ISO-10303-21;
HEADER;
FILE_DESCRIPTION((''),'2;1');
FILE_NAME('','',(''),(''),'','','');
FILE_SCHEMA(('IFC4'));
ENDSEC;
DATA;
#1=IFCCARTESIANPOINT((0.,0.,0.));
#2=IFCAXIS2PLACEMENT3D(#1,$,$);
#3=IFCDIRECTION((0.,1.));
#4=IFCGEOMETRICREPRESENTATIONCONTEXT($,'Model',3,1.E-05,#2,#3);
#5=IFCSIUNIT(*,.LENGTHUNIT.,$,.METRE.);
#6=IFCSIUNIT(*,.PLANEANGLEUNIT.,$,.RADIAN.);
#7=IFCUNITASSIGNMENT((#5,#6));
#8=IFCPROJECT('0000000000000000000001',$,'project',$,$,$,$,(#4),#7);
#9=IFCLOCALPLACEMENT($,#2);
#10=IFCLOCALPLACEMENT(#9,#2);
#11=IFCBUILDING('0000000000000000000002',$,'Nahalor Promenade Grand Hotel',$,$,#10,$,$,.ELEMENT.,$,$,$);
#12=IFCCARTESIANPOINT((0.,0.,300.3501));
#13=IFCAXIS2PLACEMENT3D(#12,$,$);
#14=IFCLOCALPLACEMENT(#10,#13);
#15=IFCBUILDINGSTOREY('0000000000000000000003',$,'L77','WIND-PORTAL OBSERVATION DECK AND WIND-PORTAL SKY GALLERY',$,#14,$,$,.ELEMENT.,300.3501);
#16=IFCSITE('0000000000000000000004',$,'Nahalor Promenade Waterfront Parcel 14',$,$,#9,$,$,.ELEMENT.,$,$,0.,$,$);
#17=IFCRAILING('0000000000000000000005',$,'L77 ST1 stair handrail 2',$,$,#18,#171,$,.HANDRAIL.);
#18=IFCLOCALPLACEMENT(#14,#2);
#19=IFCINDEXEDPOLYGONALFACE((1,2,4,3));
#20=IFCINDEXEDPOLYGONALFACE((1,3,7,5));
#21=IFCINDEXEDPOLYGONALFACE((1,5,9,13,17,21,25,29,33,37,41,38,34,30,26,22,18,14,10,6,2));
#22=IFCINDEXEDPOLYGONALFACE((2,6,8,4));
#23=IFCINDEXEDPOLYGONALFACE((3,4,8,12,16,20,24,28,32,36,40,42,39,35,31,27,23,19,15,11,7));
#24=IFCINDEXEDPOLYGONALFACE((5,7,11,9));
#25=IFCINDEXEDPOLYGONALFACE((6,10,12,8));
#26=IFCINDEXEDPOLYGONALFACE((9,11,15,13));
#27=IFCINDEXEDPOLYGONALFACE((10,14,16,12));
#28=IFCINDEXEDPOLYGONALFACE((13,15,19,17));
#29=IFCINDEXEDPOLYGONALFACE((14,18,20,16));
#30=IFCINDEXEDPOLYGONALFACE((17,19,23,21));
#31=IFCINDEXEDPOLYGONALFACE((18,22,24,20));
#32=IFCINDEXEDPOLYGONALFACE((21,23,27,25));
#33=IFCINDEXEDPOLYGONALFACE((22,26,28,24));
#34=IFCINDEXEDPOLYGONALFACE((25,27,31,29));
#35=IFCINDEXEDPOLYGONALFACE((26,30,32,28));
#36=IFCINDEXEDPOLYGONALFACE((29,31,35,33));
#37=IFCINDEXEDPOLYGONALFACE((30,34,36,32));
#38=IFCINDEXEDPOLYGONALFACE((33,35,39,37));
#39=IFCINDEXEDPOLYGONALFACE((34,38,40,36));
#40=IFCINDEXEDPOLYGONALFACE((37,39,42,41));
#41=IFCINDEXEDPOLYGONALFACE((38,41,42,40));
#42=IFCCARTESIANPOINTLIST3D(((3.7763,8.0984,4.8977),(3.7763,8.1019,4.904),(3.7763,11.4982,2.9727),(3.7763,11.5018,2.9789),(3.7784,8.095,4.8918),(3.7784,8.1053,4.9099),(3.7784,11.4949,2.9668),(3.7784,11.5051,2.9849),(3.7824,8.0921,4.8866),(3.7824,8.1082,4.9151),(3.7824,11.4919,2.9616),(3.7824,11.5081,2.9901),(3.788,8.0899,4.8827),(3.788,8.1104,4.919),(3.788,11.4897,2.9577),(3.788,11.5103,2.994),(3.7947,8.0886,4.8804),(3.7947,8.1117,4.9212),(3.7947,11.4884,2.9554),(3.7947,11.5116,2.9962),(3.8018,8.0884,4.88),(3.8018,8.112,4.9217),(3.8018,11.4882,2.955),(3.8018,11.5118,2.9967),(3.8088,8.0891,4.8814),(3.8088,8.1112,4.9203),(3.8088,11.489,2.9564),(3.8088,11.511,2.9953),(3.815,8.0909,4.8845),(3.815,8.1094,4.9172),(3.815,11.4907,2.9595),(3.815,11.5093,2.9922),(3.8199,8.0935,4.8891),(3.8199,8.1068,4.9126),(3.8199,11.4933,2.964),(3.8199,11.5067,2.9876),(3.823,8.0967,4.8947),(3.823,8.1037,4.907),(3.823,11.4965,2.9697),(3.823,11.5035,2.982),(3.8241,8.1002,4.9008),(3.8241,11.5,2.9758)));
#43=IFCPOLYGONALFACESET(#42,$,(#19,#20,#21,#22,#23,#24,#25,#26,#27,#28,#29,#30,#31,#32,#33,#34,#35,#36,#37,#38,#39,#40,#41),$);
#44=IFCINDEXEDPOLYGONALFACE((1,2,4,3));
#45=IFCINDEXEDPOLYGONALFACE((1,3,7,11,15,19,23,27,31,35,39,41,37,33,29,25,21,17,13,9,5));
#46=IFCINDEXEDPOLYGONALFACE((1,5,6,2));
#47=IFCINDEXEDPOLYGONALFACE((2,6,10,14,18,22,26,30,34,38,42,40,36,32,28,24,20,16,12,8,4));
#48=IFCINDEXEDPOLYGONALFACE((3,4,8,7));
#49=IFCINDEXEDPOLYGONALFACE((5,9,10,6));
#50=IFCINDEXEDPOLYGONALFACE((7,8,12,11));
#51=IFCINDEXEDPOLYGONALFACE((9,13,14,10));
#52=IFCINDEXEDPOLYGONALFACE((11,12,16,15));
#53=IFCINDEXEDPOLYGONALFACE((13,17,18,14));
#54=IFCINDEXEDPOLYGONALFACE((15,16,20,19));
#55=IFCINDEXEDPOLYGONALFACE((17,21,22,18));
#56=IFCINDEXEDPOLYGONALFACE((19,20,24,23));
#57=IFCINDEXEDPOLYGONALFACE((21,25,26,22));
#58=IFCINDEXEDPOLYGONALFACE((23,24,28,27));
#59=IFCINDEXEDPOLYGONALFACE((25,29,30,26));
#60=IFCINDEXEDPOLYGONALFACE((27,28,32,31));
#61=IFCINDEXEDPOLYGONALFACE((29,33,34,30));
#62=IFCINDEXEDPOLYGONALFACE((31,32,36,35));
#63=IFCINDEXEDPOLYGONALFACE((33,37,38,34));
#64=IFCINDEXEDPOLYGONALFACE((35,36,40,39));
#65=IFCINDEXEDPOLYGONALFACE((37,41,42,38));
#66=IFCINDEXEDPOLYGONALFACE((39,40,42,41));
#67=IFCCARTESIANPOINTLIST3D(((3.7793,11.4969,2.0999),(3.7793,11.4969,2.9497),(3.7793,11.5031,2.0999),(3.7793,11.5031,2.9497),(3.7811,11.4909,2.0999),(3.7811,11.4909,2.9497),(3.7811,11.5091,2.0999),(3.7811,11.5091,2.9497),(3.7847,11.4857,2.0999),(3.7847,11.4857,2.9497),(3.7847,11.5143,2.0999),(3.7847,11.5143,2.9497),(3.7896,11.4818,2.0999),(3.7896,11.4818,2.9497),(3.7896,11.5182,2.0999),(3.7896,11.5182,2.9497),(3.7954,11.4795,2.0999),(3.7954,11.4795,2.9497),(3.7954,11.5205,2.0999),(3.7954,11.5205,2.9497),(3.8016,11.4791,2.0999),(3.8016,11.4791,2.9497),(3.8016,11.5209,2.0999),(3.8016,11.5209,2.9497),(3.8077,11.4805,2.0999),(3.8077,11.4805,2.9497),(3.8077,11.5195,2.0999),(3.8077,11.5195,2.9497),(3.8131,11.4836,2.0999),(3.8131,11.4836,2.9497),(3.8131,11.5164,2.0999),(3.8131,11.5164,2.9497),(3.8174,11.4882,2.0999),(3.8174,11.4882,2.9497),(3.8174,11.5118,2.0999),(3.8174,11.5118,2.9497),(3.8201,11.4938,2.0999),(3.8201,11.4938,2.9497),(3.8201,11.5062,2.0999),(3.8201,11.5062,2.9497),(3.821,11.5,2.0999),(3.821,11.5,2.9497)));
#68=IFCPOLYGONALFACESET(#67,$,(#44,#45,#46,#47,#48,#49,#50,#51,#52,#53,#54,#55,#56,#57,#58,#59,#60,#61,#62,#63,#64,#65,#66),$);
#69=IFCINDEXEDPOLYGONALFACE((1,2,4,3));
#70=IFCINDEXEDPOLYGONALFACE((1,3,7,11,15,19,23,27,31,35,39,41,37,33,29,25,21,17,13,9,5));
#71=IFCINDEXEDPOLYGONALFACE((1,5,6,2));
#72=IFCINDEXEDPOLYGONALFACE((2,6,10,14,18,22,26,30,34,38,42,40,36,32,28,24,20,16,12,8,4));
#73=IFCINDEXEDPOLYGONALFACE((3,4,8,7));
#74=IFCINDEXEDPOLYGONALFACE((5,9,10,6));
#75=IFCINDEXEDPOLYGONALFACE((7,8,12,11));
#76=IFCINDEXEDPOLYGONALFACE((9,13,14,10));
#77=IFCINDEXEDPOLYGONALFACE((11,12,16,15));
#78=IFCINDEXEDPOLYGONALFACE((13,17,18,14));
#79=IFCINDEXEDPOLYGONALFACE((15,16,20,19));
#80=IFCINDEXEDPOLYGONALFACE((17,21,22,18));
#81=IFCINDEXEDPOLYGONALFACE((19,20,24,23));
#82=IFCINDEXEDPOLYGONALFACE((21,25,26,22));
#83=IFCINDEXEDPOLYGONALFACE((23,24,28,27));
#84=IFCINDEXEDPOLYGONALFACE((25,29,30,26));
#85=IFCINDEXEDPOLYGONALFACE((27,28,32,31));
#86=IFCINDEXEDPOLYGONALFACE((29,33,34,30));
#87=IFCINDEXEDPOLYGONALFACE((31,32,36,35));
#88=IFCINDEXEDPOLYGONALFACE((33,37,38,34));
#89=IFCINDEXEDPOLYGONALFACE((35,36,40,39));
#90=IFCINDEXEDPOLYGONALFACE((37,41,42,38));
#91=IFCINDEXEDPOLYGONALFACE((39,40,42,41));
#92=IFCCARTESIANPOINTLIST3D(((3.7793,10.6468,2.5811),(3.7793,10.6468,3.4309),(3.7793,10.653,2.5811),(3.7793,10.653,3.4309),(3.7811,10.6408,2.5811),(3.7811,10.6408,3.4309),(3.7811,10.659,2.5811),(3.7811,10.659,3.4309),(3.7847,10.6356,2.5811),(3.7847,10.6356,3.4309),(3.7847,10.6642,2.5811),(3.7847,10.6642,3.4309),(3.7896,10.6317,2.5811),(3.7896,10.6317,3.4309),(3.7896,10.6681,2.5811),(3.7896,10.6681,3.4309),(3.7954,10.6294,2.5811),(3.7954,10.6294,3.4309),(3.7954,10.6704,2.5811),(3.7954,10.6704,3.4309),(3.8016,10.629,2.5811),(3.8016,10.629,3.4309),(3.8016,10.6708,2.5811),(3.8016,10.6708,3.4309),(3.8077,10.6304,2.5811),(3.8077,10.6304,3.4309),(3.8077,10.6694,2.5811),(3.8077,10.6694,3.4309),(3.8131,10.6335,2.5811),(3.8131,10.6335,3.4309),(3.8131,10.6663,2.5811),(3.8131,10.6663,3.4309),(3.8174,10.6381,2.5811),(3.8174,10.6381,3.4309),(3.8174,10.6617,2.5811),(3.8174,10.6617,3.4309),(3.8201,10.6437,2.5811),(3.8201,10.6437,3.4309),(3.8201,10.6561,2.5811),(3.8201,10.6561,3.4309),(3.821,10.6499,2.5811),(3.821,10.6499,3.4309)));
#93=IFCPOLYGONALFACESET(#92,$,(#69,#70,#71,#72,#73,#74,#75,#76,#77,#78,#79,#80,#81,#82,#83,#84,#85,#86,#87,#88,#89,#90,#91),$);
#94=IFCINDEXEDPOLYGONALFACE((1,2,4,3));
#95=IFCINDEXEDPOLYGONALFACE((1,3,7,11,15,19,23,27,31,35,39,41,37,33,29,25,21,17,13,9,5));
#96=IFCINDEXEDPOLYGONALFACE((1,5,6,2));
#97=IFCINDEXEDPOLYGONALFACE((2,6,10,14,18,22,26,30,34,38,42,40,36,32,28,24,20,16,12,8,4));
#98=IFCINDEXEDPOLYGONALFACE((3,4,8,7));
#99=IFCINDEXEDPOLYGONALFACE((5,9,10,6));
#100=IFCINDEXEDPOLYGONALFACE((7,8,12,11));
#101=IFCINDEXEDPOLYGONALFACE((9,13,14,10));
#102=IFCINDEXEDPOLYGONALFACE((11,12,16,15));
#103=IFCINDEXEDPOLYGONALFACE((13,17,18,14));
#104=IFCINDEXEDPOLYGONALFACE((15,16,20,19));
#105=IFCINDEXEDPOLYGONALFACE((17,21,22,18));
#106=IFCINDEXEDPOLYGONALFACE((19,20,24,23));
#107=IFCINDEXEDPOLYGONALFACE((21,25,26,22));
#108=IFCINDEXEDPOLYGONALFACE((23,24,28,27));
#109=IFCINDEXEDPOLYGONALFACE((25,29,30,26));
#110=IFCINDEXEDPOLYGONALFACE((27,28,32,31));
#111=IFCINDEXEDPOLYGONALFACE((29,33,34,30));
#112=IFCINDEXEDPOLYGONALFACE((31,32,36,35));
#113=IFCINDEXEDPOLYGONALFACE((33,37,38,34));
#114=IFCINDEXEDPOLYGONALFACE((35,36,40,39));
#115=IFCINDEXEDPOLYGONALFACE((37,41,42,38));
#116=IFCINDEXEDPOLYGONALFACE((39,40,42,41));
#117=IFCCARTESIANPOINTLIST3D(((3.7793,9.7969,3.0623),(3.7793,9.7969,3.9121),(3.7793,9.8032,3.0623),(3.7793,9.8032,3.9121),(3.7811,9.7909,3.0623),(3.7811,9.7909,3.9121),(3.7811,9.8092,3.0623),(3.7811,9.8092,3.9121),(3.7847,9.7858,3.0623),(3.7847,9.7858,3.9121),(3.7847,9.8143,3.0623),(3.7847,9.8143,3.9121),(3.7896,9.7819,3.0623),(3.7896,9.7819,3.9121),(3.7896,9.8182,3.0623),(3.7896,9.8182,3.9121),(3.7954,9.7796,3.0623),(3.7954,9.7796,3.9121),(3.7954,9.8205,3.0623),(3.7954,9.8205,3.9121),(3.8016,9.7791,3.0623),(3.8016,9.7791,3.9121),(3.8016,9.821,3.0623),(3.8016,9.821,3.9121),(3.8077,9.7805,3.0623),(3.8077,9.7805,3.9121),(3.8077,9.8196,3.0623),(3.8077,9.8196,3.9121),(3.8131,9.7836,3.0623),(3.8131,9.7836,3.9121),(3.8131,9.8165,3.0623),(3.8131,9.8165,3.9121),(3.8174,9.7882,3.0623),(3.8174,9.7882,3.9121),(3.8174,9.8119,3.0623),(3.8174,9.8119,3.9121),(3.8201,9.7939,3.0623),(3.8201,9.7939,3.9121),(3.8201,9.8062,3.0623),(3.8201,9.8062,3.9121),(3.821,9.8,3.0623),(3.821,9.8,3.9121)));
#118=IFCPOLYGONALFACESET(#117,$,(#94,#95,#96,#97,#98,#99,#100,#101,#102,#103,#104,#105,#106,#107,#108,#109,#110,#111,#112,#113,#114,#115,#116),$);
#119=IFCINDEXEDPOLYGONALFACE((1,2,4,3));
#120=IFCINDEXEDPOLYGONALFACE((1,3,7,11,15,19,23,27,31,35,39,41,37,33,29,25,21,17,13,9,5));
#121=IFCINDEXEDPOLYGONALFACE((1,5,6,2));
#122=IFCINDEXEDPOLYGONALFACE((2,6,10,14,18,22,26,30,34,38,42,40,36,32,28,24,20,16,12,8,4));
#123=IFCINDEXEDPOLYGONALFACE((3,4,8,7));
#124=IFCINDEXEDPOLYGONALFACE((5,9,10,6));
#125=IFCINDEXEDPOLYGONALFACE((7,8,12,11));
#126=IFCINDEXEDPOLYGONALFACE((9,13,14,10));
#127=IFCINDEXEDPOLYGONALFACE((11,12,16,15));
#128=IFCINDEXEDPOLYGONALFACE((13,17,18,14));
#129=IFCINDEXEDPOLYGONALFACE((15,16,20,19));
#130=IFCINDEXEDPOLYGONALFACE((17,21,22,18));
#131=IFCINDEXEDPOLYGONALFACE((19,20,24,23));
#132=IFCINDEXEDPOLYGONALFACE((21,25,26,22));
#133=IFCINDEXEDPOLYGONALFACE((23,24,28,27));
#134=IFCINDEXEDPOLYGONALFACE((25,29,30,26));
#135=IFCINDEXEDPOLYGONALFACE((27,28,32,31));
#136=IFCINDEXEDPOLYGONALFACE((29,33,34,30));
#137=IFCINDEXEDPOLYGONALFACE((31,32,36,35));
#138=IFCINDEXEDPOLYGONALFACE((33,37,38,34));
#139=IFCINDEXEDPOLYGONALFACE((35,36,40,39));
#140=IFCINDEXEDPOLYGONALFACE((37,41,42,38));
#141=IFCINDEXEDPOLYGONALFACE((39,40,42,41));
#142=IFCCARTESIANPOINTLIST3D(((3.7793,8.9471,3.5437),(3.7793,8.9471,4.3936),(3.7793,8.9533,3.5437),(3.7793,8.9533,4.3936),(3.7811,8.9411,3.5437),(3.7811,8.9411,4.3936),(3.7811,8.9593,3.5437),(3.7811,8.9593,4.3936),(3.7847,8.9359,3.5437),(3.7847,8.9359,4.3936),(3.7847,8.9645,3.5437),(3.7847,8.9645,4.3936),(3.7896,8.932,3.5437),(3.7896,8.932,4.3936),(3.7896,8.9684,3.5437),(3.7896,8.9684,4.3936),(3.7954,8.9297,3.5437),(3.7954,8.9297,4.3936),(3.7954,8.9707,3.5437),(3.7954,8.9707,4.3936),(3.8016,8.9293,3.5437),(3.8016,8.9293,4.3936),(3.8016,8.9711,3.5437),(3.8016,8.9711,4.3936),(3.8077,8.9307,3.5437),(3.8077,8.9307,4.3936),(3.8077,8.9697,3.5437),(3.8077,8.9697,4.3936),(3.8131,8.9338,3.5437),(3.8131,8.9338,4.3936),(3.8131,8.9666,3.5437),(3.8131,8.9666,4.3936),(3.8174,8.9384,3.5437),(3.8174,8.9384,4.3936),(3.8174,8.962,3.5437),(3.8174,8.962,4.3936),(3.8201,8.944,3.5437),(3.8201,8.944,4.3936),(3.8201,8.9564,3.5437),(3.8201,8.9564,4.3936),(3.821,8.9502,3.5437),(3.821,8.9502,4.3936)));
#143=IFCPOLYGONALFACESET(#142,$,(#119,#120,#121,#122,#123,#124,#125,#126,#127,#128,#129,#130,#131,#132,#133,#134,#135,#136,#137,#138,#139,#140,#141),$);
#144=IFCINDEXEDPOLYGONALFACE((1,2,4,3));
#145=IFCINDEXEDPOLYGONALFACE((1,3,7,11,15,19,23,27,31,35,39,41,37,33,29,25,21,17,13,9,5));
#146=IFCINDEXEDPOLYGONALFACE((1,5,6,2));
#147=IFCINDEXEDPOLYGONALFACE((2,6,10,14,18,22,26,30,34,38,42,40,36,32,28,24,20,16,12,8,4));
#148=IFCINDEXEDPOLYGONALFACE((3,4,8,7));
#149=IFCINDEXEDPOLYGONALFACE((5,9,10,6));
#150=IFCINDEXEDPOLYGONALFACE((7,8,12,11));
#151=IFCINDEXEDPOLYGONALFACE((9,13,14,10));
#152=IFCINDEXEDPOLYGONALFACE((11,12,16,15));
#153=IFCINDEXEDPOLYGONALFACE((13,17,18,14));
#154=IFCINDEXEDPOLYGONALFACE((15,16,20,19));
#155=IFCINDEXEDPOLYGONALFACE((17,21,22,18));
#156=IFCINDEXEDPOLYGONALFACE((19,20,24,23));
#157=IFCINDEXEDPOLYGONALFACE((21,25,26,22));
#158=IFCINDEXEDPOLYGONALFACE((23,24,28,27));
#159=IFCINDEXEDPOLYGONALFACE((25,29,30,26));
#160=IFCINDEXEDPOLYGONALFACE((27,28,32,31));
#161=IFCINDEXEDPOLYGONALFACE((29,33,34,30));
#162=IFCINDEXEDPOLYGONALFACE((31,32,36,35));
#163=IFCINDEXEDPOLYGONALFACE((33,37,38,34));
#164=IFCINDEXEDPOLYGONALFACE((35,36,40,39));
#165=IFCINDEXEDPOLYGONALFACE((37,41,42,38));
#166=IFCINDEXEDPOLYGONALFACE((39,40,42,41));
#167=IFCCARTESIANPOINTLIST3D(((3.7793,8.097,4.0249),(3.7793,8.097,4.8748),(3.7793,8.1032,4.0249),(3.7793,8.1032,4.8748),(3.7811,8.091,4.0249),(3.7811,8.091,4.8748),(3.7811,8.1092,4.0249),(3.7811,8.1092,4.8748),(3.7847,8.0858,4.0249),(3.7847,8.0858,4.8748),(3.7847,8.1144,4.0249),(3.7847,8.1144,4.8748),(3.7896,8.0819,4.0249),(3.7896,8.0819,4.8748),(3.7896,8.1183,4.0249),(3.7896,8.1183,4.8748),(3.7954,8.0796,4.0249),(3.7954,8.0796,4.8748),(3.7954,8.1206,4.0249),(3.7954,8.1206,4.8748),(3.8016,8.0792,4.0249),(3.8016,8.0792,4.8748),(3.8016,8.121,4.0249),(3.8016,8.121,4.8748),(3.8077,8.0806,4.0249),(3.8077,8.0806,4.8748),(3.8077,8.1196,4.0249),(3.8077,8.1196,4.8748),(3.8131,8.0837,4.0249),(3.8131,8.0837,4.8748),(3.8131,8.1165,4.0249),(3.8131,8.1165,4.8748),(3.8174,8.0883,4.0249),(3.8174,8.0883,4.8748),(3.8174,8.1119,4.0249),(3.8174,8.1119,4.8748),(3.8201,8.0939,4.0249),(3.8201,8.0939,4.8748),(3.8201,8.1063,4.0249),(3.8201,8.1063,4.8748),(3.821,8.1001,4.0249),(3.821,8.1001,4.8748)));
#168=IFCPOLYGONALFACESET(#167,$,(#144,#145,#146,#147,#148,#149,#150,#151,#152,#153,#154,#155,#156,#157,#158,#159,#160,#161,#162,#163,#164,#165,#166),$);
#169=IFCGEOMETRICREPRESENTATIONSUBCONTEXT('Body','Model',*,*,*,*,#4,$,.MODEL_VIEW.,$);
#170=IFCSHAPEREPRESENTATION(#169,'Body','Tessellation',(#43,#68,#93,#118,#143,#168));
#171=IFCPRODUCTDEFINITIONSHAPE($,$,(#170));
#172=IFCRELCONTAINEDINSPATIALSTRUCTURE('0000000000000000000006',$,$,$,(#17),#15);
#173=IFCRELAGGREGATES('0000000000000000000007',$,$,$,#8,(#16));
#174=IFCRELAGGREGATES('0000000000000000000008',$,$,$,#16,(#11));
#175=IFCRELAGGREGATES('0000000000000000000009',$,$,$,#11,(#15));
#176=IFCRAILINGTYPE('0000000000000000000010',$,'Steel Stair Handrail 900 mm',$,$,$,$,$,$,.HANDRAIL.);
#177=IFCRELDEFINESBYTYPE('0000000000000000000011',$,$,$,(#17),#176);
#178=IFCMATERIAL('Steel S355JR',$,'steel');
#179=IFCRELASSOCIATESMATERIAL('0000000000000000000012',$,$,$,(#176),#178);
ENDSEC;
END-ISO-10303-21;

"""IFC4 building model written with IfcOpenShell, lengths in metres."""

from ifc_helpers import new_model, si_unit, direction, frame, origin, origin_2d, place, context, subcontext, project, spatial, circle, extrude, material, type_object, element, save


model = new_model("IFC4")

# Units and contexts
model_context = context("Model", 3, precision=1e-05, world=origin(), true_north=direction((0.0, 1.0)))
body_context = subcontext(model_context, "Body", "Model", "MODEL_VIEW")
ifc_project = project(units=[si_unit("LENGTHUNIT", "METRE"), si_unit("PLANEANGLEUNIT", "RADIAN")], contexts=[model_context])

# Site, building, storey
site_placement = place(None, origin())
site = spatial("IfcSite", under=ifc_project, at=site_placement, Name="Nahalor Promenade Waterfront Parcel 14", CompositionType="ELEMENT", RefElevation=0.0)
building_placement = place(site_placement, origin())
building = spatial("IfcBuilding", under=site, at=building_placement, Name="Nahalor Promenade Grand Hotel", CompositionType="ELEMENT")
storey_placement = place(building_placement, frame((0.0, 0.0, 300.3501)))
storey = spatial("IfcBuildingStorey", under=building, at=storey_placement, Name="L77", Description="WIND-PORTAL OBSERVATION DECK AND WIND-PORTAL SKY GALLERY", CompositionType="ELEMENT", Elevation=300.3501)

# Shared definitions
ifc_material_1 = material(Name="Steel S355JR", Category="steel")

# Railing
railing_type = type_object("IfcRailingType", Name="Steel Stair Handrail 900 mm", PredefinedType="HANDRAIL", material=ifc_material_1)
railing_placement = place(storey_placement, frame((3.8, 11.5, 2.0999)))
element("IfcRailing", 1, at=railing_placement, inside=storey, type_object=railing_type, Name="L77 ST1 stair handrail 2", PredefinedType="HANDRAIL", context=body_context, shape_type="SweptSolid", body=[
    extrude(circle(Radius=0.024, at=origin_2d()), frame((0.0, 0.0, 0.876), z_axis=(0.0, -0.870194, 0.49271), x_axis=(1.0, 0.0, 0.0)), (0.0, 0.0, 1.0), 3.907),
    extrude(circle(Radius=0.021, at=origin_2d()), origin(), (0.0, 0.0, 1.0), 0.8499),
    extrude(circle(Radius=0.021, at=origin_2d()), frame((0.0, -0.8501, 0.4812)), (0.0, 0.0, 1.0), 0.8499),
    extrude(circle(Radius=0.021, at=origin_2d()), frame((0.0, -1.7, 0.9624)), (0.0, 0.0, 1.0), 0.8499),
    extrude(circle(Radius=0.021, at=origin_2d()), frame((0.0, -2.5498, 1.4438)), (0.0, 0.0, 1.0), 0.8499),
    extrude(circle(Radius=0.021, at=origin_2d()), frame((0.0, -3.3999, 1.925)), (0.0, 0.0, 1.0), 0.8499),
])

save(model, "model.ifc")
